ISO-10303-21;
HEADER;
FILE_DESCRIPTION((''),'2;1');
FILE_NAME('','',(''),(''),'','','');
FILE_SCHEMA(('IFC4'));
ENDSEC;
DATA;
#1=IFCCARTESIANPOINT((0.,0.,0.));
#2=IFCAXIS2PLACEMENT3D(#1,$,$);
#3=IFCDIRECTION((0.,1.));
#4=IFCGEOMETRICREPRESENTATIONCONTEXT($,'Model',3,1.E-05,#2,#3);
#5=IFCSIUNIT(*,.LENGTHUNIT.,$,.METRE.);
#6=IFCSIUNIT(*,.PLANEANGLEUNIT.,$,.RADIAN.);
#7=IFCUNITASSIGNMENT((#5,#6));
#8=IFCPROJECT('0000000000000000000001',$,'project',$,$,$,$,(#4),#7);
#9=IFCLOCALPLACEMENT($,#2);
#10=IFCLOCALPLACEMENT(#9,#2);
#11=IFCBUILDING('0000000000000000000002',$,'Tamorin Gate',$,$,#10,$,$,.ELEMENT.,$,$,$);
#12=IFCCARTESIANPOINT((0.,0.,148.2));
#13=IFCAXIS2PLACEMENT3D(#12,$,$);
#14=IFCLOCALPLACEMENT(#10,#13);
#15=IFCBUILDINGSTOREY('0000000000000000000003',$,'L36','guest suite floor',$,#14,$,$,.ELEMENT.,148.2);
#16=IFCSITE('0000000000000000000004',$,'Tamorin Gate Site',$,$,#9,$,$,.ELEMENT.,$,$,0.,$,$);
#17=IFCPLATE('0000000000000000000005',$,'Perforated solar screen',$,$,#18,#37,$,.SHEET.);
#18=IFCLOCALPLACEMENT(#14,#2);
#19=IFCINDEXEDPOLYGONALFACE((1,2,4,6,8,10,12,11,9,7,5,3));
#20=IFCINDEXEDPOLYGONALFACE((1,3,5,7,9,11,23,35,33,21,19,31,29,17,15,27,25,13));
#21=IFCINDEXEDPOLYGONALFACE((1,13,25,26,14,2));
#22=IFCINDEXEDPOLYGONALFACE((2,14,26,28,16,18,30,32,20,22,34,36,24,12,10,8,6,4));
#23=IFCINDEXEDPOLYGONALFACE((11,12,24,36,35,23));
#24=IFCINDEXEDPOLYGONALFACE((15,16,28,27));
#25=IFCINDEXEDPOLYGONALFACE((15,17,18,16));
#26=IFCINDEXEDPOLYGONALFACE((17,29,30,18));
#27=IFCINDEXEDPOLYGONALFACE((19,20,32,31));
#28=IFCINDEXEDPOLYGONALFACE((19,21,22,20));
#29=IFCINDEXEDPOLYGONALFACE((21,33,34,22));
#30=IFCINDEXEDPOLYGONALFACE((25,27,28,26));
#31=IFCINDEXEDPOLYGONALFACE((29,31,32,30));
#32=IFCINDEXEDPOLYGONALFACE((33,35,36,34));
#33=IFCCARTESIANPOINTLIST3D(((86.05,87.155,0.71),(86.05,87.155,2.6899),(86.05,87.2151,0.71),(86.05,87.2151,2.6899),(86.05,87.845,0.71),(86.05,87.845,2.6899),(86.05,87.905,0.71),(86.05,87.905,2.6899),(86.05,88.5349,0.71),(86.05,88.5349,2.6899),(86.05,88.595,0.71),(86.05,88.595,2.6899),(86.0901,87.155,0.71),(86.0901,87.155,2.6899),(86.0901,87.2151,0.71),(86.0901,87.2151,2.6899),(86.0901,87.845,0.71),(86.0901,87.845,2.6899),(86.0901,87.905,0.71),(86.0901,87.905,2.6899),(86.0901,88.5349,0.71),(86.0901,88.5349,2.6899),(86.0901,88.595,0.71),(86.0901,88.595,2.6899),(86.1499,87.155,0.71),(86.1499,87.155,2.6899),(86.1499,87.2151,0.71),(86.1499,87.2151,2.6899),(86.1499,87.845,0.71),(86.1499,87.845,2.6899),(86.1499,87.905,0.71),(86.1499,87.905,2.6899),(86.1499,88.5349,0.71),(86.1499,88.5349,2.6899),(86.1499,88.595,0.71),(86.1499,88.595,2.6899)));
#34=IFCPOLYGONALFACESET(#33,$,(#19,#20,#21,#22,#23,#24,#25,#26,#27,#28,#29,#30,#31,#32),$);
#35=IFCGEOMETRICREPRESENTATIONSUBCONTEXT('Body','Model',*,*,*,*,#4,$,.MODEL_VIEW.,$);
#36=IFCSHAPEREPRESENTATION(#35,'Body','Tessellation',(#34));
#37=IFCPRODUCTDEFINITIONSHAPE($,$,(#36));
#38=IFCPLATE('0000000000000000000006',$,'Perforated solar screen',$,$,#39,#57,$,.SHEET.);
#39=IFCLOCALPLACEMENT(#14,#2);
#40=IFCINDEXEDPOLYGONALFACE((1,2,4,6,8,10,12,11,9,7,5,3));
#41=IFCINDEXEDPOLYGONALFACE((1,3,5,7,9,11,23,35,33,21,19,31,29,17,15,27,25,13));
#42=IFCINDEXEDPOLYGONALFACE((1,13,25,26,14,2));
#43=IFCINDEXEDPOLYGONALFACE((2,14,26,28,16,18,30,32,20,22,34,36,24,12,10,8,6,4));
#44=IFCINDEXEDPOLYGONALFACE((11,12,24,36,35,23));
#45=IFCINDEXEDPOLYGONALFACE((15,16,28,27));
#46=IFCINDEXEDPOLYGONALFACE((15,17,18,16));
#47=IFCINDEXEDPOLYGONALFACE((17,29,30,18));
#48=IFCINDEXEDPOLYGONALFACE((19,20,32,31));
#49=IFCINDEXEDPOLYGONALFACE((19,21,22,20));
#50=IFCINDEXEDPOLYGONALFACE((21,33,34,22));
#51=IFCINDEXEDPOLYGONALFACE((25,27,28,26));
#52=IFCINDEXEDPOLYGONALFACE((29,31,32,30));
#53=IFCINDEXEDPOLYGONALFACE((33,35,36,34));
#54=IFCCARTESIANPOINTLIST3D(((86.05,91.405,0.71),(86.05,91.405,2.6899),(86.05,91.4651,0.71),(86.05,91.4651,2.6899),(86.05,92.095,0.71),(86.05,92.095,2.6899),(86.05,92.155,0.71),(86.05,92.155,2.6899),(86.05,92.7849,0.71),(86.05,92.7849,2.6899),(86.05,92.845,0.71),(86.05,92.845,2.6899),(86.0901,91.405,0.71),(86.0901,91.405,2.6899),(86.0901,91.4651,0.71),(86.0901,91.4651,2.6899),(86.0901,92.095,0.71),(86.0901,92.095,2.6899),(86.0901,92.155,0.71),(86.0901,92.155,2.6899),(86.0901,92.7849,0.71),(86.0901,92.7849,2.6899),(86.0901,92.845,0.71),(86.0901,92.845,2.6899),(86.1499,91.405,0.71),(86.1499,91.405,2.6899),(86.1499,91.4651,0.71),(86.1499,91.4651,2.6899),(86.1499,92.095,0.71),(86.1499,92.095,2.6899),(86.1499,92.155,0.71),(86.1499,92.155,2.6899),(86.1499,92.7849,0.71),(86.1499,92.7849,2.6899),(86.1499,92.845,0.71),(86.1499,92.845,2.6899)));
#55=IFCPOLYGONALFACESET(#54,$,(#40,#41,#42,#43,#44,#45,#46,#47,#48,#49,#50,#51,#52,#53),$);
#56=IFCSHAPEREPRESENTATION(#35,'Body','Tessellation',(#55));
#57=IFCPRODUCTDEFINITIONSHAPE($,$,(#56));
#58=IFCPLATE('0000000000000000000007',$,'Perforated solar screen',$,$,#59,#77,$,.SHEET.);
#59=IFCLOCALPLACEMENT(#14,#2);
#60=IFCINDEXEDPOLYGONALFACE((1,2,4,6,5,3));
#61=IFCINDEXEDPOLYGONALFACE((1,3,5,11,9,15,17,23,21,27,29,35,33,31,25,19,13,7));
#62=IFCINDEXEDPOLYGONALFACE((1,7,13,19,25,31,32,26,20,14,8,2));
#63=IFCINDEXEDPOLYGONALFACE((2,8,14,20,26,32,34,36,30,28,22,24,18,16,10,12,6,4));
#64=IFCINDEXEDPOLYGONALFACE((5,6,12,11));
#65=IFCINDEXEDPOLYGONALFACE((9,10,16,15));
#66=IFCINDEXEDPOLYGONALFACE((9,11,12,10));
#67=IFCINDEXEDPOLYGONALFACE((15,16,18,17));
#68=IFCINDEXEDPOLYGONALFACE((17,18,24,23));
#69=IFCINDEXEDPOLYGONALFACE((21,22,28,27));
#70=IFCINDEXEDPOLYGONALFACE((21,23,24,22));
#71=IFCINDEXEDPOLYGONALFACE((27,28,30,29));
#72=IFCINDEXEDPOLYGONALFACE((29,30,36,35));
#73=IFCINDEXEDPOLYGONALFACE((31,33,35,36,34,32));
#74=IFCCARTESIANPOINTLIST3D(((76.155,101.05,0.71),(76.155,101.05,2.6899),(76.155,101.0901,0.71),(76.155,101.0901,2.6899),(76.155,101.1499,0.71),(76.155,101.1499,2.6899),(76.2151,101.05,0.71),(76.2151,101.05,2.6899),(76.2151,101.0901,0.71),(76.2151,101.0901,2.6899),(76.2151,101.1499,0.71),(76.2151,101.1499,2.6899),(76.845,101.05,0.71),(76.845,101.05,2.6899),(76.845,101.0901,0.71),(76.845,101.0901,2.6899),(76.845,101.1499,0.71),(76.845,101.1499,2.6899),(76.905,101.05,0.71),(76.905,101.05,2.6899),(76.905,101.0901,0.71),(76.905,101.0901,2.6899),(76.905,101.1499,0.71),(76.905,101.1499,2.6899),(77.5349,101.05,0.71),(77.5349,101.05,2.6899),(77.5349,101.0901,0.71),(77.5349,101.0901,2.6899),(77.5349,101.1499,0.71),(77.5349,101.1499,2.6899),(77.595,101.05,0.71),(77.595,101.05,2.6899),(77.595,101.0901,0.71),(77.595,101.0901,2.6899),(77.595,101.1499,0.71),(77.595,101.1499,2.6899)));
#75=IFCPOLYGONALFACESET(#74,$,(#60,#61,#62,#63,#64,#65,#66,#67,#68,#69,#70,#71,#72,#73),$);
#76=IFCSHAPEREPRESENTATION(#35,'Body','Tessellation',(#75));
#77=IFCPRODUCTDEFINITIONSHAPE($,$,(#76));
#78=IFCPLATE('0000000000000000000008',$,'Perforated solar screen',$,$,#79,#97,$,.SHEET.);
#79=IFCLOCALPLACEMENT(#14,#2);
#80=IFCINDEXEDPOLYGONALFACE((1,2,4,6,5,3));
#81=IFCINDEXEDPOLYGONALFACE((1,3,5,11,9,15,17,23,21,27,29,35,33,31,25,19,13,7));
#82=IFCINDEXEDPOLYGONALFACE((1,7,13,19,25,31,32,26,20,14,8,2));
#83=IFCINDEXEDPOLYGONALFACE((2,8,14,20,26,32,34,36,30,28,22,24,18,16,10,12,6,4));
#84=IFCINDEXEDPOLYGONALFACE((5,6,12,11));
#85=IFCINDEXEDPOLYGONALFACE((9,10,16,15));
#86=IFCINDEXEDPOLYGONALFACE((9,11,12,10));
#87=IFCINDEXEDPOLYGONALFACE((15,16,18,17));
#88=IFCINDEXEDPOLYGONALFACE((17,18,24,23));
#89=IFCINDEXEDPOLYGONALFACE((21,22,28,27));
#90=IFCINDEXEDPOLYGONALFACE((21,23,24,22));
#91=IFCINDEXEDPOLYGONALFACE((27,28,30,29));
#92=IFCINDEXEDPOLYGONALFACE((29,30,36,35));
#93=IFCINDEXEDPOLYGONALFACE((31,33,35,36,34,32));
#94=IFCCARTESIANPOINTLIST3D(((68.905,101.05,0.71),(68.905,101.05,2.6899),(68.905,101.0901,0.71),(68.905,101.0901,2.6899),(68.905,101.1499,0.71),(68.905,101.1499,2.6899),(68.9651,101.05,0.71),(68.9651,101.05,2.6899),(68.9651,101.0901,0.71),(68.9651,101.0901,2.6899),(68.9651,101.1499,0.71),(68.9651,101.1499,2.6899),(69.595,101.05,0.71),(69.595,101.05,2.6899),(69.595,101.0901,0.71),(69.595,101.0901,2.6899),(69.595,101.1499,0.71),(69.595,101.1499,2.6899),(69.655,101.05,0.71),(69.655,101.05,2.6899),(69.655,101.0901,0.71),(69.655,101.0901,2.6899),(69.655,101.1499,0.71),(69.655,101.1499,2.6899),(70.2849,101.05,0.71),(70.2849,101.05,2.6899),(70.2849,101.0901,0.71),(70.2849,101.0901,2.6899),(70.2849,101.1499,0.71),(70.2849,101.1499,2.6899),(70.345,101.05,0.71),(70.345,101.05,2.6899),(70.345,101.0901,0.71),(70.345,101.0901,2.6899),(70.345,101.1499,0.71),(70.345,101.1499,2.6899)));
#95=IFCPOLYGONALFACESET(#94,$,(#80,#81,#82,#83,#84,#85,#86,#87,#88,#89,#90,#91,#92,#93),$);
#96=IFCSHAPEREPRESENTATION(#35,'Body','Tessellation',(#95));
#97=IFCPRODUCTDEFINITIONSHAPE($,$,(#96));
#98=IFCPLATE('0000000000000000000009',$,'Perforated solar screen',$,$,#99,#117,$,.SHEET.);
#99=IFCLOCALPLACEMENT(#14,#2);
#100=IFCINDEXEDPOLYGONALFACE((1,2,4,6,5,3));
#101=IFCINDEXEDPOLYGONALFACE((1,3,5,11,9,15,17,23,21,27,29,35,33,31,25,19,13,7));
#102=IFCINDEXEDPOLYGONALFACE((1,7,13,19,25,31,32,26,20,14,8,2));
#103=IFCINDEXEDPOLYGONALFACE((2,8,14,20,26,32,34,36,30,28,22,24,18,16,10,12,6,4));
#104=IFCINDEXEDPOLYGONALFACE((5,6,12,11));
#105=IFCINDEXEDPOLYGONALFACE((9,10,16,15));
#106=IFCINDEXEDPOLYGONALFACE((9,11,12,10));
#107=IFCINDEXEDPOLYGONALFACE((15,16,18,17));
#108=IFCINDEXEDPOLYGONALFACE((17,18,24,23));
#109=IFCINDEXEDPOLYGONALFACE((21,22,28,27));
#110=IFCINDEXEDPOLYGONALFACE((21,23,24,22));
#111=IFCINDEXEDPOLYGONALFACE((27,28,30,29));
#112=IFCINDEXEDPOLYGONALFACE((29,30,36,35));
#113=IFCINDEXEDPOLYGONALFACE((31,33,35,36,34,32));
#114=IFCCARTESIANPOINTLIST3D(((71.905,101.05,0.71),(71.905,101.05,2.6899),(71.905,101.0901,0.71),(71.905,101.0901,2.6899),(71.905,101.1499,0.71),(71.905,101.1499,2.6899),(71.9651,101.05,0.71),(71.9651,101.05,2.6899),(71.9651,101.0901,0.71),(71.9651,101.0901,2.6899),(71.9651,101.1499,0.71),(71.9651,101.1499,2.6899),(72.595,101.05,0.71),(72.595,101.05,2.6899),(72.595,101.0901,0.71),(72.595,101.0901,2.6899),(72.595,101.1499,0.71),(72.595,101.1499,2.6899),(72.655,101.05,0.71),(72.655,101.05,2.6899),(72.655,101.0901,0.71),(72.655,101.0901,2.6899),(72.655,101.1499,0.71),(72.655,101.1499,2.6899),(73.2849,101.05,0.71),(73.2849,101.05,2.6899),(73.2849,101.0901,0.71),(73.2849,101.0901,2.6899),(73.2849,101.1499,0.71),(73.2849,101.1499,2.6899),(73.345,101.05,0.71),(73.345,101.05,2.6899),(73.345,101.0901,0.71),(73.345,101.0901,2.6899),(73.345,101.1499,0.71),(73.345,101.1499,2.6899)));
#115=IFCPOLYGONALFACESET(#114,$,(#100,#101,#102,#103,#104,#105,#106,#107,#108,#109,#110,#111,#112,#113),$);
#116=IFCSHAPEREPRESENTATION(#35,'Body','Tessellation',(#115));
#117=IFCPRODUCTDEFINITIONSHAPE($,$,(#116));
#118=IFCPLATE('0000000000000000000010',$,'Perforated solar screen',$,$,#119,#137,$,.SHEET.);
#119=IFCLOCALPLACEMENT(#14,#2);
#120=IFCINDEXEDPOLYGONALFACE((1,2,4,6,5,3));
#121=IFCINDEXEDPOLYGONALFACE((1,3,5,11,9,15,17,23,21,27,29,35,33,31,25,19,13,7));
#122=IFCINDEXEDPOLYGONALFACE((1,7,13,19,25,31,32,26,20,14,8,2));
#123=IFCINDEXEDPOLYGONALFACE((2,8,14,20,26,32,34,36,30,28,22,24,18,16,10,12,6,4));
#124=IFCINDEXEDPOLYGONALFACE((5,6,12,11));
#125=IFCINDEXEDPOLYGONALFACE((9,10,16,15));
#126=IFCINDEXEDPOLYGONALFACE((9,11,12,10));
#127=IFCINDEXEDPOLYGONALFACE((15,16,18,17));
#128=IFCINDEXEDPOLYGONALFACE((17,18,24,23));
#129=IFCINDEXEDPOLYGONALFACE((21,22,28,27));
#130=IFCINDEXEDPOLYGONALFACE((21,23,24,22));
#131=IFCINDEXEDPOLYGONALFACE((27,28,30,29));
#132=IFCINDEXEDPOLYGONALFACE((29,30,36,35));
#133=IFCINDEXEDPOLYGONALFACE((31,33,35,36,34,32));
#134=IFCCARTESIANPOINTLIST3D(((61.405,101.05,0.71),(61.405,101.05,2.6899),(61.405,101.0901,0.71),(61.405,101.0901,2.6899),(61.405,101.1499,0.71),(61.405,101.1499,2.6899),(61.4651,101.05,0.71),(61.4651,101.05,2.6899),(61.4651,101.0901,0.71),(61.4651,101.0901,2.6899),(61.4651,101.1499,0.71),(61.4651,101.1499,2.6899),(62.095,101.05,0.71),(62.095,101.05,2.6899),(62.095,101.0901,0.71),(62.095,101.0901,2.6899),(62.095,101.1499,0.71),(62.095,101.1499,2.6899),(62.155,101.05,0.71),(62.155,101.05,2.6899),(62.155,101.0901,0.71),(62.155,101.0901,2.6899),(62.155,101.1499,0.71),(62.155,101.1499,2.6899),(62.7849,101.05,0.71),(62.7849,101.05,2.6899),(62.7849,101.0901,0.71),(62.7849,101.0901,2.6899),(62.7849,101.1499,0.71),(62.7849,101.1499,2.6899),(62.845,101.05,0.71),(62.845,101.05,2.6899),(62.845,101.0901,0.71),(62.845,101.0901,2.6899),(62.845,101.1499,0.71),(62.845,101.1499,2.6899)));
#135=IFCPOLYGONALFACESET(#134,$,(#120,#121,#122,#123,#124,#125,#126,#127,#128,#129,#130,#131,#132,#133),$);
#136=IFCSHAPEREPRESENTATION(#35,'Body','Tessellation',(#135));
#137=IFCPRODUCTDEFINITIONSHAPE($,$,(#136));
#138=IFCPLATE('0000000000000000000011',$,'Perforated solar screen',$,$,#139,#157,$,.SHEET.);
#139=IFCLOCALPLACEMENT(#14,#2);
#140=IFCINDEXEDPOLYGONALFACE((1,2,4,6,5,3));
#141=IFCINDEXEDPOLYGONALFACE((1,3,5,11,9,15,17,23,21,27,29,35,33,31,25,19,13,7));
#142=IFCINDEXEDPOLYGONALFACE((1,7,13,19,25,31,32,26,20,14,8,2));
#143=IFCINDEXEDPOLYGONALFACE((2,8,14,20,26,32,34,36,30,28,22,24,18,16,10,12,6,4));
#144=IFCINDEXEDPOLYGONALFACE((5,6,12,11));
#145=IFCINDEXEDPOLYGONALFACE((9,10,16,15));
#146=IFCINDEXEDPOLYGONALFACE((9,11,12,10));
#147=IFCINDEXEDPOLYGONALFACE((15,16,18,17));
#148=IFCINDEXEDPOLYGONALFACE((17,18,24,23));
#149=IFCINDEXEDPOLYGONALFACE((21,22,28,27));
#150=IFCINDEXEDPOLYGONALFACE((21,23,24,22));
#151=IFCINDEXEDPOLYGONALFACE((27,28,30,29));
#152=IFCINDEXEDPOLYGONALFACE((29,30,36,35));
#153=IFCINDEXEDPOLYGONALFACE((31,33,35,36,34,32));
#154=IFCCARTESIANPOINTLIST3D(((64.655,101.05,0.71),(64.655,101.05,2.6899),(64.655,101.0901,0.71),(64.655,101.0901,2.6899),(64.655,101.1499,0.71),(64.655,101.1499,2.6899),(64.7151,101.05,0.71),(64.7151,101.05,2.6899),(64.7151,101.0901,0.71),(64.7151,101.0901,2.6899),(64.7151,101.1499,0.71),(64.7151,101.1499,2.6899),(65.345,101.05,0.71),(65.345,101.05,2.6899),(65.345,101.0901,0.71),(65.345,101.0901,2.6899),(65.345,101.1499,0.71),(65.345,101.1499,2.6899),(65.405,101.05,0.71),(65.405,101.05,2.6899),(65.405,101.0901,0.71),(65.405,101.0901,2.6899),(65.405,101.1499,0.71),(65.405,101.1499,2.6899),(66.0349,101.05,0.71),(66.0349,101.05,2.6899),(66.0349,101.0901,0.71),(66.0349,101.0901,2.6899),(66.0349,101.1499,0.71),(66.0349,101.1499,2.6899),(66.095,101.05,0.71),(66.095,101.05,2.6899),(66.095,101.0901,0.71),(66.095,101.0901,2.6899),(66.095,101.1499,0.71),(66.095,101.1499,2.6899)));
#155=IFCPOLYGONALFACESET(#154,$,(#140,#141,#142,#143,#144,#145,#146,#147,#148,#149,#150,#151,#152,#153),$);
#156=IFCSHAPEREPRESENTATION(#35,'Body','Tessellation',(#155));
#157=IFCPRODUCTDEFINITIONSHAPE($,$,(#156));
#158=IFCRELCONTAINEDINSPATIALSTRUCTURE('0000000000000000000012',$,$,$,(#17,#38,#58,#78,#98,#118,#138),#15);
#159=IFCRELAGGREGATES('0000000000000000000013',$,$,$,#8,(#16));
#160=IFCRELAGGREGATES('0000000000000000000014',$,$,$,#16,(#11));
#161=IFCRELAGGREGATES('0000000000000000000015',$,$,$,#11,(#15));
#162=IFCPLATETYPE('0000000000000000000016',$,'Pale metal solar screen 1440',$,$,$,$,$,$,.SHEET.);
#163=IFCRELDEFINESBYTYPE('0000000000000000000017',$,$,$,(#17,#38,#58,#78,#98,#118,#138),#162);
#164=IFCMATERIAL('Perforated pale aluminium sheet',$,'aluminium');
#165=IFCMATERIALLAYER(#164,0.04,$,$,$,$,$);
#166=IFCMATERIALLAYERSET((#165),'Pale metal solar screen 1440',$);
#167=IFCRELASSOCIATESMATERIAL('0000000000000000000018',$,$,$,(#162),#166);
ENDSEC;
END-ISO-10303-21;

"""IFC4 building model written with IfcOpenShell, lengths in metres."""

from ifc_helpers import new_model, si_unit, direction, frame, origin, place, context, subcontext, project, spatial, polyline, outline, extrude, material, layer, layer_set, type_object, element, save


model = new_model("IFC4")

# Units and contexts
model_context = context("Model", 3, precision=1e-05, world=origin(), true_north=direction((0.0, 1.0)))
body_context = subcontext(model_context, "Body", "Model", "MODEL_VIEW")
ifc_project = project(units=[si_unit("LENGTHUNIT", "METRE"), si_unit("PLANEANGLEUNIT", "RADIAN")], contexts=[model_context])

# Site, building, storey
site_placement = place(None, origin())
site = spatial("IfcSite", under=ifc_project, at=site_placement, Name="Tamorin Gate Site", CompositionType="ELEMENT", RefElevation=0.0)
building_placement = place(site_placement, origin())
building = spatial("IfcBuilding", under=site, at=building_placement, Name="Tamorin Gate", CompositionType="ELEMENT")
storey_placement = place(building_placement, frame((0.0, 0.0, 148.2)))
storey = spatial("IfcBuildingStorey", under=building, at=storey_placement, Name="L36", Description="guest suite floor", CompositionType="ELEMENT", Elevation=148.2)

# Plates
ifc_material = material(Name="Perforated pale aluminium sheet", Category="aluminium")
ifc_layer_1 = layer(ifc_material, 0.04)
ifc_layer_set_1 = layer_set([ifc_layer_1], Name="Pale metal solar screen 1440")
plate_type_1 = type_object("IfcPlateType", Name="Pale metal solar screen 1440", PredefinedType="SHEET", material=ifc_layer_set_1)
plate_1_placement = place(storey_placement, frame((0.0, 0.0, 0.71)))
element("IfcPlate", 1, at=plate_1_placement, inside=storey, type_object=plate_type_1, Name="Perforated solar screen", PredefinedType="SHEET", context=body_context, shape_type="SweptSolid", body=[
    extrude(outline(polyline([(86.0901, 87.155), (86.05, 87.155), (86.05, 87.2151), (86.05, 87.845), (86.05, 87.905), (86.05, 88.5349), (86.05, 88.595), (86.0901, 88.595), (86.1499, 88.595), (86.1499, 88.5349), (86.0901, 88.5349), (86.0901, 87.905), (86.1499, 87.905), (86.1499, 87.845), (86.0901, 87.845), (86.0901, 87.2151), (86.1499, 87.2151), (86.1499, 87.155), (86.0901, 87.155)])), origin(), (0.0, 0.0, 1.0), 1.98),
])
plate_2_placement = place(storey_placement, frame((0.0, 0.0, 0.71)))
element("IfcPlate", 2, at=plate_2_placement, inside=storey, type_object=plate_type_1, Name="Perforated solar screen", PredefinedType="SHEET", context=body_context, shape_type="SweptSolid", body=[
    extrude(outline(polyline([(86.0901, 91.405), (86.05, 91.405), (86.05, 91.4651), (86.05, 92.095), (86.05, 92.155), (86.05, 92.7849), (86.05, 92.845), (86.0901, 92.845), (86.1499, 92.845), (86.1499, 92.7849), (86.0901, 92.7849), (86.0901, 92.155), (86.1499, 92.155), (86.1499, 92.095), (86.0901, 92.095), (86.0901, 91.4651), (86.1499, 91.4651), (86.1499, 91.405), (86.0901, 91.405)])), origin(), (0.0, 0.0, 1.0), 1.98),
])
plate_3_placement = place(storey_placement, frame((0.0, 0.0, 0.71)))
element("IfcPlate", 3, at=plate_3_placement, inside=storey, type_object=plate_type_1, Name="Perforated solar screen", PredefinedType="SHEET", context=body_context, shape_type="SweptSolid", body=[
    extrude(outline(polyline([(77.595, 101.0901), (77.595, 101.05), (77.5349, 101.05), (76.905, 101.05), (76.845, 101.05), (76.2151, 101.05), (76.155, 101.05), (76.155, 101.05), (76.155, 101.0901), (76.155, 101.0901), (76.155, 101.1499), (76.2151, 101.1499), (76.2151, 101.0901), (76.845, 101.0901), (76.845, 101.1499), (76.905, 101.1499), (76.905, 101.0901), (77.5349, 101.0901), (77.5349, 101.1499), (77.595, 101.1499), (77.595, 101.0901)])), origin(), (0.0, 0.0, 1.0), 1.98),
])
plate_4_placement = place(storey_placement, frame((0.0, 0.0, 0.71)))
element("IfcPlate", 4, at=plate_4_placement, inside=storey, type_object=plate_type_1, Name="Perforated solar screen", PredefinedType="SHEET", context=body_context, shape_type="SweptSolid", body=[
    extrude(outline(polyline([(70.345, 101.0901), (70.345, 101.05), (70.2849, 101.05), (69.655, 101.05), (69.595, 101.05), (68.9651, 101.05), (68.905, 101.05), (68.905, 101.0901), (68.905, 101.1499), (68.9651, 101.1499), (68.9651, 101.0901), (69.595, 101.0901), (69.595, 101.1499), (69.655, 101.1499), (69.655, 101.0901), (70.2849, 101.0901), (70.2849, 101.1499), (70.345, 101.1499), (70.345, 101.0901)])), origin(), (0.0, 0.0, 1.0), 1.98),
])
plate_5_placement = place(storey_placement, frame((0.0, 0.0, 0.71)))
element("IfcPlate", 5, at=plate_5_placement, inside=storey, type_object=plate_type_1, Name="Perforated solar screen", PredefinedType="SHEET", context=body_context, shape_type="SweptSolid", body=[
    extrude(outline(polyline([(73.345, 101.0901), (73.345, 101.05), (73.2849, 101.05), (72.655, 101.05), (72.595, 101.05), (71.9651, 101.05), (71.905, 101.05), (71.905, 101.0901), (71.905, 101.1499), (71.9651, 101.1499), (71.9651, 101.0901), (72.595, 101.0901), (72.595, 101.1499), (72.655, 101.1499), (72.655, 101.0901), (73.2849, 101.0901), (73.2849, 101.1499), (73.345, 101.1499), (73.345, 101.0901)])), origin(), (0.0, 0.0, 1.0), 1.98),
])
plate_6_placement = place(storey_placement, frame((0.0, 0.0, 0.71)))
element("IfcPlate", 6, at=plate_6_placement, inside=storey, type_object=plate_type_1, Name="Perforated solar screen", PredefinedType="SHEET", context=body_context, shape_type="SweptSolid", body=[
    extrude(outline(polyline([(62.845, 101.0901), (62.845, 101.05), (62.7849, 101.05), (62.155, 101.05), (62.095, 101.05), (61.4651, 101.05), (61.405, 101.05), (61.405, 101.0901), (61.405, 101.1499), (61.4651, 101.1499), (61.4651, 101.0901), (62.095, 101.0901), (62.095, 101.1499), (62.155, 101.1499), (62.155, 101.0901), (62.7849, 101.0901), (62.7849, 101.1499), (62.845, 101.1499), (62.845, 101.0901)])), origin(), (0.0, 0.0, 1.0), 1.98),
])
plate_7_placement = place(storey_placement, frame((0.0, 0.0, 0.71)))
element("IfcPlate", 7, at=plate_7_placement, inside=storey, type_object=plate_type_1, Name="Perforated solar screen", PredefinedType="SHEET", context=body_context, shape_type="SweptSolid", body=[
    extrude(outline(polyline([(66.095, 101.0901), (66.095, 101.05), (66.0349, 101.05), (65.405, 101.05), (65.345, 101.05), (64.7151, 101.05), (64.655, 101.05), (64.655, 101.0901), (64.655, 101.1499), (64.7151, 101.1499), (64.7151, 101.0901), (65.345, 101.0901), (65.345, 101.1499), (65.405, 101.1499), (65.405, 101.0901), (66.0349, 101.0901), (66.0349, 101.1499), (66.095, 101.1499), (66.095, 101.0901)])), origin(), (0.0, 0.0, 1.0), 1.98),
])

save(model, "model.ifc")
